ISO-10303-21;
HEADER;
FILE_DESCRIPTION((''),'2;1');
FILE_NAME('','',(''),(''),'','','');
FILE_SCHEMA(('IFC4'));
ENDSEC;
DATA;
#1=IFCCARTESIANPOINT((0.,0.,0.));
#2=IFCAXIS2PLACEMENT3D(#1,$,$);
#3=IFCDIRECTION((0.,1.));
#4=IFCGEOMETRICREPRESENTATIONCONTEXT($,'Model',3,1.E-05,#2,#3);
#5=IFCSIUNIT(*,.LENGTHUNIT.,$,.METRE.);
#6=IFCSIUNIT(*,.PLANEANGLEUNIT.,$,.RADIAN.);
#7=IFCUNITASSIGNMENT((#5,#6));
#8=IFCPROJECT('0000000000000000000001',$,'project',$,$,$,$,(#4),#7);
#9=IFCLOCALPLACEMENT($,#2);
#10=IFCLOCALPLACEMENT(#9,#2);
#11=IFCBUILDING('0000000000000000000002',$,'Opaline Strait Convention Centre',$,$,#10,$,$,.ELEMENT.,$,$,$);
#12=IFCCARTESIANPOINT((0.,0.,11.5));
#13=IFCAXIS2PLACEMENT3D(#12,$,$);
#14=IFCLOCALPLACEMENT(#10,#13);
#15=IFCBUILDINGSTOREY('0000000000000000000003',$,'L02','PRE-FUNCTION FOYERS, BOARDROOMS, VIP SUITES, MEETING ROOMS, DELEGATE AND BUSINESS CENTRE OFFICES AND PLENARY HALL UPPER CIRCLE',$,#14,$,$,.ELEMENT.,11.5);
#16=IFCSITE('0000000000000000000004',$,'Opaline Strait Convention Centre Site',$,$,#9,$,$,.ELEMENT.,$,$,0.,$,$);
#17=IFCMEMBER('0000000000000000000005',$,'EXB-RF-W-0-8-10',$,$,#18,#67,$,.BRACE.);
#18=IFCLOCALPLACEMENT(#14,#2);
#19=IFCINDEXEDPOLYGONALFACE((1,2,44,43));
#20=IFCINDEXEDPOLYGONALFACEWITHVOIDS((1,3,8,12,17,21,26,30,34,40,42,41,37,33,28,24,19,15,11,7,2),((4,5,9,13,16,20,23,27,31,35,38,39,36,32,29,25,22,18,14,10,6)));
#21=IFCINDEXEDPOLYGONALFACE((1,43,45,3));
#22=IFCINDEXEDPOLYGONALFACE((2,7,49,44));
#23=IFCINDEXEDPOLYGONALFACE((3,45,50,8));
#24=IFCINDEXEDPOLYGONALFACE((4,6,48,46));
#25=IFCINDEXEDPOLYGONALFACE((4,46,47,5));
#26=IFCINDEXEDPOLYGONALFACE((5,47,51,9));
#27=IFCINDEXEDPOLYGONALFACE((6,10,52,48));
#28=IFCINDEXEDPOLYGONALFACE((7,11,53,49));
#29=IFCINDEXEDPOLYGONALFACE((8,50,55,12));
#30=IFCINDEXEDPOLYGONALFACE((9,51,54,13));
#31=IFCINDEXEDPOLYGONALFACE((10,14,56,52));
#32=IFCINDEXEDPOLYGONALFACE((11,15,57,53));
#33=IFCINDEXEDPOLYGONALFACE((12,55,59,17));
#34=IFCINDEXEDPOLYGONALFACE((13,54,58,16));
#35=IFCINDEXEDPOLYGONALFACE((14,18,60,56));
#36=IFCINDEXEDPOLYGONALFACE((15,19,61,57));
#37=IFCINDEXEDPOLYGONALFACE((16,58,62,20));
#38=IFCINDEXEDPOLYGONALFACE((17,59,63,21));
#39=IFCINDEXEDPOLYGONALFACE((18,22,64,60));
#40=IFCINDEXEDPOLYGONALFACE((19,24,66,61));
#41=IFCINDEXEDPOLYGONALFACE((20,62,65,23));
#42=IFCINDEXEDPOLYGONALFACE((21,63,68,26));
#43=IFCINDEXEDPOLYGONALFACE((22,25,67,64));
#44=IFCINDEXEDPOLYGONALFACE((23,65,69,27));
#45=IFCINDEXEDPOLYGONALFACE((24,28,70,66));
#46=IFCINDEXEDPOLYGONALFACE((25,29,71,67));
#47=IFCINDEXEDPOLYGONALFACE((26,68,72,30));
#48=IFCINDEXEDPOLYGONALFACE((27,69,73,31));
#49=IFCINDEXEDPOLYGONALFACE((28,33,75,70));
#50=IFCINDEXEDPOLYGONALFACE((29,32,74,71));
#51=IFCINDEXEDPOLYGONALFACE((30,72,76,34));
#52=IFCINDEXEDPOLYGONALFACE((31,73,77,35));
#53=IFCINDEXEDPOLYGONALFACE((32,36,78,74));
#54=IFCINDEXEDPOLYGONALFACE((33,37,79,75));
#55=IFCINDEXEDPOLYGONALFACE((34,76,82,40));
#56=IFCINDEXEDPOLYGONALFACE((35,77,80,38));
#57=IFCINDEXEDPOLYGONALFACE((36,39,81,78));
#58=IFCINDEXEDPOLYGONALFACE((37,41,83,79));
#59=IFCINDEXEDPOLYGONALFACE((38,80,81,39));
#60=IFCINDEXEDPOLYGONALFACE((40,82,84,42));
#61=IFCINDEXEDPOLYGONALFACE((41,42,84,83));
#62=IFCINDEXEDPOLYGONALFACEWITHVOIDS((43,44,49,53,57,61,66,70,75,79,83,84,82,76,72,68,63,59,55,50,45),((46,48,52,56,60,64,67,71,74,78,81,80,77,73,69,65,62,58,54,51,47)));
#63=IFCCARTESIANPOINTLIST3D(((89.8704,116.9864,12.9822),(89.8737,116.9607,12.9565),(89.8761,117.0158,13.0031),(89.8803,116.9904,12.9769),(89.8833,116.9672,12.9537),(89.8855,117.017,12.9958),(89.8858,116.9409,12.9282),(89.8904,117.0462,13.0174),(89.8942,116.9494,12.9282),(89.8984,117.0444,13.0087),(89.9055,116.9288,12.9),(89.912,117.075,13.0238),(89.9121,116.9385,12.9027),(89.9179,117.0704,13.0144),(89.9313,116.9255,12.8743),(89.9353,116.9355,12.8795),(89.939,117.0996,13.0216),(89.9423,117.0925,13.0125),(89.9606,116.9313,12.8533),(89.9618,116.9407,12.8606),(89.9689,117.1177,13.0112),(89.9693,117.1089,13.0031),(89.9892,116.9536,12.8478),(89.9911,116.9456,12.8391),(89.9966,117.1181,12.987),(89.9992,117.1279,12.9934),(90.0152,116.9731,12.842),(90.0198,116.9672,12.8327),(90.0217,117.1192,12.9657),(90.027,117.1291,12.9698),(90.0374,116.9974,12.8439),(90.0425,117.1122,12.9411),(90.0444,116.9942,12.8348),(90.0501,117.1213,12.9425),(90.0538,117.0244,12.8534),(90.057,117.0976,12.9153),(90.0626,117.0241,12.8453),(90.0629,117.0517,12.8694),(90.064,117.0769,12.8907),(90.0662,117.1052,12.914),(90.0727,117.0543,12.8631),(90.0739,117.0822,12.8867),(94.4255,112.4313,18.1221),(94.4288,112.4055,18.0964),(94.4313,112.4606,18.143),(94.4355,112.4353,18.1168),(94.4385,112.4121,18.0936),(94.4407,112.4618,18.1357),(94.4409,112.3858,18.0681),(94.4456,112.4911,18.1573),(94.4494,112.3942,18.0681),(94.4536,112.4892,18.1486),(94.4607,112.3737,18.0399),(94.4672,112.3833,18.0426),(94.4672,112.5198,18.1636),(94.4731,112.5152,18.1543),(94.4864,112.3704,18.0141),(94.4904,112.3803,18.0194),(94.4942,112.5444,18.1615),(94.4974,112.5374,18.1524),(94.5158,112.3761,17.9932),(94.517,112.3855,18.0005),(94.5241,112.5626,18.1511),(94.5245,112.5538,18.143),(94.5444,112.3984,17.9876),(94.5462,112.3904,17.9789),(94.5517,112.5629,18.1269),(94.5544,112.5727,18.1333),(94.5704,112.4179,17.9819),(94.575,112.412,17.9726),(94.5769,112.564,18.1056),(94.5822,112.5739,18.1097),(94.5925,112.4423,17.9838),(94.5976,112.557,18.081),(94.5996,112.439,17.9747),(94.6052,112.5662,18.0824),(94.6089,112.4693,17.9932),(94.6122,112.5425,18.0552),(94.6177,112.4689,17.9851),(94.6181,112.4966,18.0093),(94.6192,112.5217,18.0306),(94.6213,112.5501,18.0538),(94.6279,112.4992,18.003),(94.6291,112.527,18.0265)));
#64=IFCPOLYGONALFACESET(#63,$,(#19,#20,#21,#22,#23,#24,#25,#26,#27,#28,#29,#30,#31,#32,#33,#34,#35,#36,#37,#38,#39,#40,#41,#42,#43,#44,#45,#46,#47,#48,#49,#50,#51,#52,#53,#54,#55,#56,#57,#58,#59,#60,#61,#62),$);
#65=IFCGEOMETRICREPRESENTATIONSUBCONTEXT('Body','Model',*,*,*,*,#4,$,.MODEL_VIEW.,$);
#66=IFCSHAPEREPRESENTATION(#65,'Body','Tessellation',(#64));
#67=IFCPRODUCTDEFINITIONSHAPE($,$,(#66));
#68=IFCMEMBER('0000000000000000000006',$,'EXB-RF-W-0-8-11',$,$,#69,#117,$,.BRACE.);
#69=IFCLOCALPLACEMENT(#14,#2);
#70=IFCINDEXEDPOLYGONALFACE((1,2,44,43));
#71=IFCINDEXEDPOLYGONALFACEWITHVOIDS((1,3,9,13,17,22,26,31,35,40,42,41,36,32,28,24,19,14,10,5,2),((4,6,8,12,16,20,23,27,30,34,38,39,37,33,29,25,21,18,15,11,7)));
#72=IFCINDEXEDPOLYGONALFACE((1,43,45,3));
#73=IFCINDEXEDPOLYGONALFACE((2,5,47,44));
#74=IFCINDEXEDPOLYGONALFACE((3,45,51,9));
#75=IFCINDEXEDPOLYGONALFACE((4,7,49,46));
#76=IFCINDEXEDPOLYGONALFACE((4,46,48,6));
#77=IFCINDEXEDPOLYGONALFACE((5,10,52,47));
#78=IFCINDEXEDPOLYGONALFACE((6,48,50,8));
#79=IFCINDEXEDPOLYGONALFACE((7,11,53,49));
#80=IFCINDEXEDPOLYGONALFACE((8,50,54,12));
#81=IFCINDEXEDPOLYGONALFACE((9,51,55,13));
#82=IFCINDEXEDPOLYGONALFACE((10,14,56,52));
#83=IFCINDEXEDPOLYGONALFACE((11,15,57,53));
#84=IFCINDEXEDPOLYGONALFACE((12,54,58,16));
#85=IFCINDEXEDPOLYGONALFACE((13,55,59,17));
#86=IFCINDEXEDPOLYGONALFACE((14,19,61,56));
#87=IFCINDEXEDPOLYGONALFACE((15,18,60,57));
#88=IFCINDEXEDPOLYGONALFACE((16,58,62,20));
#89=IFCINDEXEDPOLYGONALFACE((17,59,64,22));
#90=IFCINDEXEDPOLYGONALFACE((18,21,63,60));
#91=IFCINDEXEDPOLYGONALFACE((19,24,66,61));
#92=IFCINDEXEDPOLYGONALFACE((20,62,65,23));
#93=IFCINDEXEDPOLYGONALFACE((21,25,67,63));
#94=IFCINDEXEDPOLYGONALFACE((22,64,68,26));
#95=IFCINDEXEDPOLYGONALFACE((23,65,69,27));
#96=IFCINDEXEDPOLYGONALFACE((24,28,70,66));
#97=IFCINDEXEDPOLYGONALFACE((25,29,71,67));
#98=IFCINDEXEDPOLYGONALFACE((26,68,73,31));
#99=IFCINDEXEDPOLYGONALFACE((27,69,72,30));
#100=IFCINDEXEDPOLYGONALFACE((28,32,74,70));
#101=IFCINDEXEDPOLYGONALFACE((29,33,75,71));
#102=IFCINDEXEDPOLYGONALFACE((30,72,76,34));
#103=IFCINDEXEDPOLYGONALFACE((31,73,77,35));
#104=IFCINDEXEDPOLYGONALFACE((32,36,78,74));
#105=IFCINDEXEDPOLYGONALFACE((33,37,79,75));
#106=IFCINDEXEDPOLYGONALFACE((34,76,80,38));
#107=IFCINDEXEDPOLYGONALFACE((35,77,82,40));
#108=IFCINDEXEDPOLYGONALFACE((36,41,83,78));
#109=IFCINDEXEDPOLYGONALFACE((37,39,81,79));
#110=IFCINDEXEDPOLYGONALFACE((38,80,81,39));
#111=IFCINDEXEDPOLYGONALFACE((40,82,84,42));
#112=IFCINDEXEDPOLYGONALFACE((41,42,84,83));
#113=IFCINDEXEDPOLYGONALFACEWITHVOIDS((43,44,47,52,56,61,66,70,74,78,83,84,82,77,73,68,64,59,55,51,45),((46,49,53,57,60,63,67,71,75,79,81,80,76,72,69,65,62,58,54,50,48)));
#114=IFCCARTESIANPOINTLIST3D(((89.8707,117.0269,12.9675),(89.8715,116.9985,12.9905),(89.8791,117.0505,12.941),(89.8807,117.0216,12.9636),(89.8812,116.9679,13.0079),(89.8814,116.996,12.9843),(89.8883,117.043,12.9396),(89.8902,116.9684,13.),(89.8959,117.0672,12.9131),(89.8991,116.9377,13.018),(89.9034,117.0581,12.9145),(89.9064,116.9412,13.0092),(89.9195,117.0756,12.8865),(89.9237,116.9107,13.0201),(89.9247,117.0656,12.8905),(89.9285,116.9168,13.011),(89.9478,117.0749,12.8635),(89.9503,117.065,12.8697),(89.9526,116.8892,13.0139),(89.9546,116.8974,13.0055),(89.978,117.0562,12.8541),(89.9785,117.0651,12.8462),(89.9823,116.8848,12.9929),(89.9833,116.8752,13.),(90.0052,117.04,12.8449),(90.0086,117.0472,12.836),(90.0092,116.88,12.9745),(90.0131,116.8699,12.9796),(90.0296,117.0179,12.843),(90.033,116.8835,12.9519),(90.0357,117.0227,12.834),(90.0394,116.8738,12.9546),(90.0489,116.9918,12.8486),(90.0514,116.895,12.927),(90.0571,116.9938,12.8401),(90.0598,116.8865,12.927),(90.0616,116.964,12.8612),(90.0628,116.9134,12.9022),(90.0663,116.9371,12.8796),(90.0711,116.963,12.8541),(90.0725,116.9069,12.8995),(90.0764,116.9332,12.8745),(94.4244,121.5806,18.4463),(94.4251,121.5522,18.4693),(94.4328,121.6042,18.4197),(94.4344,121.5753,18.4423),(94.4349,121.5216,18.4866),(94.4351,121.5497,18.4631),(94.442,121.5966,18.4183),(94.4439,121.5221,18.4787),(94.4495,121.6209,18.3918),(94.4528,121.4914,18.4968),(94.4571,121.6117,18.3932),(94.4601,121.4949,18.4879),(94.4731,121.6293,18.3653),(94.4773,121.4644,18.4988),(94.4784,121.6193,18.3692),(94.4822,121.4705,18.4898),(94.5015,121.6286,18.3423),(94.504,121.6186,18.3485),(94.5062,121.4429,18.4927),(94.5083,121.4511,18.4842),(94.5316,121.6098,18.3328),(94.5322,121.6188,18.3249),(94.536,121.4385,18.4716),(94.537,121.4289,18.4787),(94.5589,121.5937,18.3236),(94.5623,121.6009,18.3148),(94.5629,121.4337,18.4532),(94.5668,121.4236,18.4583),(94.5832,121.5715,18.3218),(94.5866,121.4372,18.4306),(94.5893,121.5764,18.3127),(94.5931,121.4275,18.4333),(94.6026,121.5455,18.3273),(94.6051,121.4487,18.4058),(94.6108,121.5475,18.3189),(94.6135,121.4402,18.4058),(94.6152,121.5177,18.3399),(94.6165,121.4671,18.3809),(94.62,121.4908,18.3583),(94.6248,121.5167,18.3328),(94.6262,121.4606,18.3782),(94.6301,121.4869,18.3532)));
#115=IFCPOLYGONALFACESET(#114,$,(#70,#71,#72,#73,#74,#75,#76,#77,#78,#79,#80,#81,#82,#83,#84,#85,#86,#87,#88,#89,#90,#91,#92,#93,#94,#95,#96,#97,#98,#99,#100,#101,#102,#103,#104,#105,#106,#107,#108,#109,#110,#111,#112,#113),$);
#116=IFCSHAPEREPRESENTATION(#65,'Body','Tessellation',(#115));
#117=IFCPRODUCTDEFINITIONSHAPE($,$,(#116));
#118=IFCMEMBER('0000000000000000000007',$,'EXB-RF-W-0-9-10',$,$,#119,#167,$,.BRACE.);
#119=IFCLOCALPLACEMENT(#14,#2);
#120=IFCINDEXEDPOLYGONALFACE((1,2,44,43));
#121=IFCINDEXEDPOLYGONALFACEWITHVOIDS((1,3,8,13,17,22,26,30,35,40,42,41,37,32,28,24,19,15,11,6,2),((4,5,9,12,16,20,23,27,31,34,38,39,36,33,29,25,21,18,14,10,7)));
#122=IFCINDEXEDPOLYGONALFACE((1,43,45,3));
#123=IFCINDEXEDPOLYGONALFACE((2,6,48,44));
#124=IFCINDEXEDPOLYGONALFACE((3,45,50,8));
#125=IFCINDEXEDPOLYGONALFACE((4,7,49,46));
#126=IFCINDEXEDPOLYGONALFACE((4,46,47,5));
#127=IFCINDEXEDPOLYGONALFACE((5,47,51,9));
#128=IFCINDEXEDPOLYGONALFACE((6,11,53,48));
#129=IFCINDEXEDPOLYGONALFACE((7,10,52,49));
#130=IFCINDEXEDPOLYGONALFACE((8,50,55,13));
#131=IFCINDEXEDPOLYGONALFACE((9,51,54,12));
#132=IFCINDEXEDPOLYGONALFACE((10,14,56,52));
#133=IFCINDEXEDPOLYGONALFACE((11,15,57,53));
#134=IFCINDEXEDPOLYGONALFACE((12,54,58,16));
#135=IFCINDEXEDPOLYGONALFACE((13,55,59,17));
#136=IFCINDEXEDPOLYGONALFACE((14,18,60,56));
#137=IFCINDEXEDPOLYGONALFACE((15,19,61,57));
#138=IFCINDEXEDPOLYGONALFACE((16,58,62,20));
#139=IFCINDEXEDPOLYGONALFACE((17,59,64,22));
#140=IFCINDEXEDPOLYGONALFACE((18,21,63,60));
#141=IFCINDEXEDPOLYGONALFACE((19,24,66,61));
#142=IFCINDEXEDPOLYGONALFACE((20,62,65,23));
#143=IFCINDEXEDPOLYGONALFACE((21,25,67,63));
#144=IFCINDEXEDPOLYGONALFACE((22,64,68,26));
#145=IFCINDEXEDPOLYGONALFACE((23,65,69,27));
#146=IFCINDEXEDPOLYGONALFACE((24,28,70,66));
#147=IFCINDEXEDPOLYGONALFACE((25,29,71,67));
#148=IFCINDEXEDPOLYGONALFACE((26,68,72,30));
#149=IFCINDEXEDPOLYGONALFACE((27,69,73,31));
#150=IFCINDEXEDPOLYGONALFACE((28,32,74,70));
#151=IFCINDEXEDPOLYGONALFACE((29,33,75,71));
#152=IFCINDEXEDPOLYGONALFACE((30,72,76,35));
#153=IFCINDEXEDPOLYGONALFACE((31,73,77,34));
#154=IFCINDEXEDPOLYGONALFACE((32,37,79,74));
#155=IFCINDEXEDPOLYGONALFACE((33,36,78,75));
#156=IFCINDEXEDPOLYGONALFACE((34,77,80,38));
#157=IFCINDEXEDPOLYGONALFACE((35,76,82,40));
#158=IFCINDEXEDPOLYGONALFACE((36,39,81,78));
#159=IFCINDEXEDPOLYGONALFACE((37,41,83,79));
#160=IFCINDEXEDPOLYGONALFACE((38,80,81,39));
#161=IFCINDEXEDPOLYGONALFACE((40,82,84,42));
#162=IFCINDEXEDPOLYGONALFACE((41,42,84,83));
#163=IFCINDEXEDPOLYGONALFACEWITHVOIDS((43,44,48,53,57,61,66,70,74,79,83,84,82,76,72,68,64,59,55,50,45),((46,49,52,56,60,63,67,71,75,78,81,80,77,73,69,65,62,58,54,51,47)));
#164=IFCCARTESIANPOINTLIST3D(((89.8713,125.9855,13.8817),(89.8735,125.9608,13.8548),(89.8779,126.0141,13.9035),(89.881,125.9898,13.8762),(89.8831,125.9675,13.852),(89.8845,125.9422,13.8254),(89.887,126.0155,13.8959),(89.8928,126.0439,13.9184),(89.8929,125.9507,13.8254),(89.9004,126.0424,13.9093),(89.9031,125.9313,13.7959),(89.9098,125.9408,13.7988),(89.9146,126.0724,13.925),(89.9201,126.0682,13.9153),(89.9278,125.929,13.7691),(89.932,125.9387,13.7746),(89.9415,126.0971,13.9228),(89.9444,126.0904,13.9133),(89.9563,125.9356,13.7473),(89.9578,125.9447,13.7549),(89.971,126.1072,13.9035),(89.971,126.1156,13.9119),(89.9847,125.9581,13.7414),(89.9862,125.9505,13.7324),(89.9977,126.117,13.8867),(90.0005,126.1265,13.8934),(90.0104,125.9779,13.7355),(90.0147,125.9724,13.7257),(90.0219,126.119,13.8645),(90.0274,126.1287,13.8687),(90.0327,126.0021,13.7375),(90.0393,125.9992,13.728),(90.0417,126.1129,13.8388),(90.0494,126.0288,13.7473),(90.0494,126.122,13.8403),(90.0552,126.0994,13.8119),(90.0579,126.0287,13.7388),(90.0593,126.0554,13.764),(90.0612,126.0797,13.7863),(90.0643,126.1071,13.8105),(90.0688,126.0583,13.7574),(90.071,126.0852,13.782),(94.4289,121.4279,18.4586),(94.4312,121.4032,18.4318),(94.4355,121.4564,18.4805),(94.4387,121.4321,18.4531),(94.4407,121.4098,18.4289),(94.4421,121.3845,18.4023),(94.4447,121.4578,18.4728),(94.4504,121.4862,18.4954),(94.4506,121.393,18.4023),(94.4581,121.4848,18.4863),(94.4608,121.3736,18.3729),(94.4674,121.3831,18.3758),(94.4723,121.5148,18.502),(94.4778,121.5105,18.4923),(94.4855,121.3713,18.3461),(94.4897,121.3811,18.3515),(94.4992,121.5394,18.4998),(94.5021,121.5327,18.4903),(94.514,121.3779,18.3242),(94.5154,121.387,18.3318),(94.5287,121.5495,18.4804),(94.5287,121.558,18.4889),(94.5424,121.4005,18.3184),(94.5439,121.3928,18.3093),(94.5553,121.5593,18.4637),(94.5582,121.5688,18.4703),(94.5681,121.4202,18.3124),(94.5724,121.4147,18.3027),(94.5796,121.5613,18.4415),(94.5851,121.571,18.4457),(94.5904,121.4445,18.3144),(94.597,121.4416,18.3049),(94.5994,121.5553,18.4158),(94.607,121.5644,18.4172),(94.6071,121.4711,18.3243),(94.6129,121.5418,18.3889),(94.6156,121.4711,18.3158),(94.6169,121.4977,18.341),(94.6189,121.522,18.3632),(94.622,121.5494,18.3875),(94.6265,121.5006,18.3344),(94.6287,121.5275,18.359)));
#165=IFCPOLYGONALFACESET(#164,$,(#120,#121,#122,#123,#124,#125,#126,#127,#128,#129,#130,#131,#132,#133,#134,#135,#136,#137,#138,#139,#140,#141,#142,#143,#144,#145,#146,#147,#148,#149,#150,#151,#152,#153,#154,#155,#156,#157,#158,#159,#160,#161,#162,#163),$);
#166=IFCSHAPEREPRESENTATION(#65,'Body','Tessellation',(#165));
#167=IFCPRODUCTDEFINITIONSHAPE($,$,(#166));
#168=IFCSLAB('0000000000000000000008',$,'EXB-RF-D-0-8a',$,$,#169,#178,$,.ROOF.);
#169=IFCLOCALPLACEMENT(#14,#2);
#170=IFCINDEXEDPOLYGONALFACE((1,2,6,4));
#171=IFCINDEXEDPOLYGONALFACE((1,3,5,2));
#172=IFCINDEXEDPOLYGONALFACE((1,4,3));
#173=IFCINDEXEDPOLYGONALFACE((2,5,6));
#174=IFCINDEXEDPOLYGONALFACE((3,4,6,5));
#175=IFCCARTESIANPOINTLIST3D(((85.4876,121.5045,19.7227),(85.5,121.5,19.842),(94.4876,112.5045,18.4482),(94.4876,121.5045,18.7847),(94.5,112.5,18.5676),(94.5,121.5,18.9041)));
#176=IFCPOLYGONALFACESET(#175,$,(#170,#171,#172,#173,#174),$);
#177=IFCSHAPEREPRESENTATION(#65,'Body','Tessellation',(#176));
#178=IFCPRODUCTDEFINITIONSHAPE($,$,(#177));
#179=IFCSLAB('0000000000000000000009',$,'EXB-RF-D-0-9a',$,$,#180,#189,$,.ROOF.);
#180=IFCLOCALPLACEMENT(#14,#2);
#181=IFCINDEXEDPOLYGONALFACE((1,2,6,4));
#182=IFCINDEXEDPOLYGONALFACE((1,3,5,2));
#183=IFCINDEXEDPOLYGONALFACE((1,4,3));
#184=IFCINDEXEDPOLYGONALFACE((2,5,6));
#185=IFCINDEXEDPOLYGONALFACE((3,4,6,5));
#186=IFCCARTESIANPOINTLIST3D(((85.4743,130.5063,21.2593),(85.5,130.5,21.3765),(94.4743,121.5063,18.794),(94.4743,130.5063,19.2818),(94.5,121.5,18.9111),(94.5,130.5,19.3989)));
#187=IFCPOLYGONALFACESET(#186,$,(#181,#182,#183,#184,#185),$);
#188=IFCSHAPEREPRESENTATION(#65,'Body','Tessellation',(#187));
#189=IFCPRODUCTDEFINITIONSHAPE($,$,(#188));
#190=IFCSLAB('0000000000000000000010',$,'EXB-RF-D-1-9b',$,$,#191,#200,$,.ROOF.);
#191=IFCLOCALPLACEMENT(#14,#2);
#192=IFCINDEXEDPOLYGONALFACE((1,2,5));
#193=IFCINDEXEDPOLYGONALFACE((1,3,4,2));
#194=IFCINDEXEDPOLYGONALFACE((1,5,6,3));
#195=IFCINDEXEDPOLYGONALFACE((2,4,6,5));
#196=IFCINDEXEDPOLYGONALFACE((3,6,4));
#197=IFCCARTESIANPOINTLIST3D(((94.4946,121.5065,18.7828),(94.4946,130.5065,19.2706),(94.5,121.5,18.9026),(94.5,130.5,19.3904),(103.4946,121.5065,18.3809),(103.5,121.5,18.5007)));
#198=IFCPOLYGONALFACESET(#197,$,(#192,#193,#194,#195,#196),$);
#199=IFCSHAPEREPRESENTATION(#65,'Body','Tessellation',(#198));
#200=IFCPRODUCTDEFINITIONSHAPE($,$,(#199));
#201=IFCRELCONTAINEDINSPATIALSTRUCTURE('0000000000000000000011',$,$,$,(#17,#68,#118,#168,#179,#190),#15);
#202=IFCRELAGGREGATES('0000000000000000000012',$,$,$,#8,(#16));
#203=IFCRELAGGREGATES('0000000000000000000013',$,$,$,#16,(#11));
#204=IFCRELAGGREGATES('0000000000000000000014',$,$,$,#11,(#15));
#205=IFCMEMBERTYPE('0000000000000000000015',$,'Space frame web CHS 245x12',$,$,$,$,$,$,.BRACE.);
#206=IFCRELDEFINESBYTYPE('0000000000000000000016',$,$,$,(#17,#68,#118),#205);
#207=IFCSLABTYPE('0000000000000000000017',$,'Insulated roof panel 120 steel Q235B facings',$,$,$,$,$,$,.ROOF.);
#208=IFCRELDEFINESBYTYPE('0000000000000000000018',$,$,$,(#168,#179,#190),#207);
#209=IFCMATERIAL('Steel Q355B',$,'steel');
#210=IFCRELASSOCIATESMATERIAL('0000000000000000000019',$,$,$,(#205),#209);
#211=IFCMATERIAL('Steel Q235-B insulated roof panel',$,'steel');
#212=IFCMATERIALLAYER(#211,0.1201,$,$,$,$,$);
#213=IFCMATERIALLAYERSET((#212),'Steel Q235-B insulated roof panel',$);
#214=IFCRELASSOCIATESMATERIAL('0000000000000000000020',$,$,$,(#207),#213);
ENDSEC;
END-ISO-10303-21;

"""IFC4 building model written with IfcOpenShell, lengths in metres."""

from ifc_helpers import new_model, si_unit, direction, frame, origin, origin_2d, place, context, subcontext, project, spatial, polyline, hollow_circle, outline, extrude, material, layer, layer_set, material_profile, profile_set, type_object, element, save


model = new_model("IFC4")

# Units and contexts
model_context = context("Model", 3, precision=1e-05, world=origin(), true_north=direction((0.0, 1.0)))
body_context = subcontext(model_context, "Body", "Model", "MODEL_VIEW")
ifc_project = project(units=[si_unit("LENGTHUNIT", "METRE"), si_unit("PLANEANGLEUNIT", "RADIAN")], contexts=[model_context])

# Site, building, storey
site_placement = place(None, origin())
site = spatial("IfcSite", under=ifc_project, at=site_placement, Name="Opaline Strait Convention Centre Site", CompositionType="ELEMENT", RefElevation=0.0)
building_placement = place(site_placement, origin())
building = spatial("IfcBuilding", under=site, at=building_placement, Name="Opaline Strait Convention Centre", CompositionType="ELEMENT")
storey_placement = place(building_placement, frame((0.0, 0.0, 11.5)))
storey = spatial("IfcBuildingStorey", under=building, at=storey_placement, Name="L02", Description="PRE-FUNCTION FOYERS, BOARDROOMS, VIP SUITES, MEETING ROOMS, DELEGATE AND BUSINESS CENTRE OFFICES AND PLENARY HALL UPPER CIRCLE", CompositionType="ELEMENT", Elevation=11.5)

# Members
ifc_material_1 = material(Name="Steel Q355B", Category="steel")
ifc_material_profile_1 = material_profile(ifc_material_1, hollow_circle(Radius=0.1226, WallThickness=0.012, at=origin_2d()), Name="CHS 245x12")
ifc_profile_set_1 = profile_set([ifc_material_profile_1], Name="Steel Q355B")
member_type_1 = type_object("IfcMemberType", Name="Space frame web CHS 245x12", PredefinedType="BRACE", material=ifc_profile_set_1)
member_1_placement = place(storey_placement, frame((94.5276, 112.4724, 18.0681), z_axis=(-0.552731, 0.552731, -0.623681), x_axis=(-0.707107, -0.707107, 0.0)))
element("IfcMember", 1, at=member_1_placement, inside=storey, type_object=member_type_1, Name="EXB-RF-W-0-8-10", PredefinedType="BRACE", context=body_context, shape_type="SweptSolid", body=[
    extrude(hollow_circle(Radius=0.1226, WallThickness=0.012, at=origin_2d()), origin(), (0.0, 0.0, 1.0), 8.2412),
])
member_2_placement = place(storey_placement, frame((94.5269, 121.5269, 18.4058), z_axis=(-0.538573, -0.538573, -0.64798), x_axis=(0.707107, -0.707107, 0.0)))
element("IfcMember", 2, at=member_2_placement, inside=storey, type_object=member_type_1, Name="EXB-RF-W-0-8-11", PredefinedType="BRACE", context=body_context, shape_type="SweptSolid", body=[
    extrude(hollow_circle(Radius=0.1226, WallThickness=0.012, at=origin_2d()), origin(), (0.0, 0.0, 1.0), 8.4551),
])
member_3_placement = place(storey_placement, frame((94.5288, 121.4712, 18.4023), z_axis=(-0.576536, 0.576536, -0.578976), x_axis=(-0.707107, -0.707107, 0.0)))
element("IfcMember", 3, at=member_3_placement, inside=storey, type_object=member_type_1, Name="EXB-RF-W-0-9-10", PredefinedType="BRACE", context=body_context, shape_type="SweptSolid", body=[
    extrude(hollow_circle(Radius=0.1226, WallThickness=0.012, at=origin_2d()), origin(), (0.0, 0.0, 1.0), 7.9053),
])

# Slabs
ifc_material_2 = material(Name="Steel Q235-B insulated roof panel", Category="steel")
ifc_layer_1 = layer(ifc_material_2, 0.1201)
ifc_layer_set_1 = layer_set([ifc_layer_1], Name="Steel Q235-B insulated roof panel")
slab_type = type_object("IfcSlabType", Name="Insulated roof panel 120 steel Q235B facings", PredefinedType="ROOF", material=ifc_layer_set_1)
slab_1_placement = place(storey_placement, frame((94.5, 112.5, 18.5676), z_axis=(0.103588, -0.037154, 0.993926), x_axis=(0.0, 0.999302, 0.037355)))
element("IfcSlab", 4, at=slab_1_placement, inside=storey, type_object=slab_type, Name="EXB-RF-D-0-8a", PredefinedType="ROOF", context=body_context, shape_type="SweptSolid", body=[
    extrude(outline(polyline([(0.0, 0.0), (9.0063, 0.0), (9.0413, 9.0487), (0.0, 0.0)])), origin(), (0.0, 0.0, -1.0), 0.1201),
])
slab_2_placement = place(storey_placement, frame((94.5, 121.5, 18.9111), z_axis=(0.214307, -0.052862, 0.975335), x_axis=(0.0, 0.998534, 0.05412)))
element("IfcSlab", 5, at=slab_2_placement, inside=storey, type_object=slab_type, Name="EXB-RF-D-0-9a", PredefinedType="ROOF", context=body_context, shape_type="SweptSolid", body=[
    extrude(outline(polyline([(0.0, 0.0), (9.0132, 0.0), (9.1202, 9.2141), (0.0, 0.0)])), origin(), (0.0, 0.0, -1.0), 0.1201),
])
slab_3_placement = place(storey_placement, frame((94.5, 121.5, 18.9026), z_axis=(0.044541, -0.054066, 0.997543), x_axis=(0.999005, 0.0, -0.044606)))
element("IfcSlab", 6, at=slab_3_placement, inside=storey, type_object=slab_type, Name="EXB-RF-D-1-9b", PredefinedType="ROOF", context=body_context, shape_type="SweptSolid", body=[
    extrude(outline(polyline([(0.0, 0.0), (9.009, 0.0), (-0.0218, 9.0132), (0.0, 0.0)])), origin(), (0.0, 0.0, -1.0), 0.1201),
])

save(model, "model.ifc")
